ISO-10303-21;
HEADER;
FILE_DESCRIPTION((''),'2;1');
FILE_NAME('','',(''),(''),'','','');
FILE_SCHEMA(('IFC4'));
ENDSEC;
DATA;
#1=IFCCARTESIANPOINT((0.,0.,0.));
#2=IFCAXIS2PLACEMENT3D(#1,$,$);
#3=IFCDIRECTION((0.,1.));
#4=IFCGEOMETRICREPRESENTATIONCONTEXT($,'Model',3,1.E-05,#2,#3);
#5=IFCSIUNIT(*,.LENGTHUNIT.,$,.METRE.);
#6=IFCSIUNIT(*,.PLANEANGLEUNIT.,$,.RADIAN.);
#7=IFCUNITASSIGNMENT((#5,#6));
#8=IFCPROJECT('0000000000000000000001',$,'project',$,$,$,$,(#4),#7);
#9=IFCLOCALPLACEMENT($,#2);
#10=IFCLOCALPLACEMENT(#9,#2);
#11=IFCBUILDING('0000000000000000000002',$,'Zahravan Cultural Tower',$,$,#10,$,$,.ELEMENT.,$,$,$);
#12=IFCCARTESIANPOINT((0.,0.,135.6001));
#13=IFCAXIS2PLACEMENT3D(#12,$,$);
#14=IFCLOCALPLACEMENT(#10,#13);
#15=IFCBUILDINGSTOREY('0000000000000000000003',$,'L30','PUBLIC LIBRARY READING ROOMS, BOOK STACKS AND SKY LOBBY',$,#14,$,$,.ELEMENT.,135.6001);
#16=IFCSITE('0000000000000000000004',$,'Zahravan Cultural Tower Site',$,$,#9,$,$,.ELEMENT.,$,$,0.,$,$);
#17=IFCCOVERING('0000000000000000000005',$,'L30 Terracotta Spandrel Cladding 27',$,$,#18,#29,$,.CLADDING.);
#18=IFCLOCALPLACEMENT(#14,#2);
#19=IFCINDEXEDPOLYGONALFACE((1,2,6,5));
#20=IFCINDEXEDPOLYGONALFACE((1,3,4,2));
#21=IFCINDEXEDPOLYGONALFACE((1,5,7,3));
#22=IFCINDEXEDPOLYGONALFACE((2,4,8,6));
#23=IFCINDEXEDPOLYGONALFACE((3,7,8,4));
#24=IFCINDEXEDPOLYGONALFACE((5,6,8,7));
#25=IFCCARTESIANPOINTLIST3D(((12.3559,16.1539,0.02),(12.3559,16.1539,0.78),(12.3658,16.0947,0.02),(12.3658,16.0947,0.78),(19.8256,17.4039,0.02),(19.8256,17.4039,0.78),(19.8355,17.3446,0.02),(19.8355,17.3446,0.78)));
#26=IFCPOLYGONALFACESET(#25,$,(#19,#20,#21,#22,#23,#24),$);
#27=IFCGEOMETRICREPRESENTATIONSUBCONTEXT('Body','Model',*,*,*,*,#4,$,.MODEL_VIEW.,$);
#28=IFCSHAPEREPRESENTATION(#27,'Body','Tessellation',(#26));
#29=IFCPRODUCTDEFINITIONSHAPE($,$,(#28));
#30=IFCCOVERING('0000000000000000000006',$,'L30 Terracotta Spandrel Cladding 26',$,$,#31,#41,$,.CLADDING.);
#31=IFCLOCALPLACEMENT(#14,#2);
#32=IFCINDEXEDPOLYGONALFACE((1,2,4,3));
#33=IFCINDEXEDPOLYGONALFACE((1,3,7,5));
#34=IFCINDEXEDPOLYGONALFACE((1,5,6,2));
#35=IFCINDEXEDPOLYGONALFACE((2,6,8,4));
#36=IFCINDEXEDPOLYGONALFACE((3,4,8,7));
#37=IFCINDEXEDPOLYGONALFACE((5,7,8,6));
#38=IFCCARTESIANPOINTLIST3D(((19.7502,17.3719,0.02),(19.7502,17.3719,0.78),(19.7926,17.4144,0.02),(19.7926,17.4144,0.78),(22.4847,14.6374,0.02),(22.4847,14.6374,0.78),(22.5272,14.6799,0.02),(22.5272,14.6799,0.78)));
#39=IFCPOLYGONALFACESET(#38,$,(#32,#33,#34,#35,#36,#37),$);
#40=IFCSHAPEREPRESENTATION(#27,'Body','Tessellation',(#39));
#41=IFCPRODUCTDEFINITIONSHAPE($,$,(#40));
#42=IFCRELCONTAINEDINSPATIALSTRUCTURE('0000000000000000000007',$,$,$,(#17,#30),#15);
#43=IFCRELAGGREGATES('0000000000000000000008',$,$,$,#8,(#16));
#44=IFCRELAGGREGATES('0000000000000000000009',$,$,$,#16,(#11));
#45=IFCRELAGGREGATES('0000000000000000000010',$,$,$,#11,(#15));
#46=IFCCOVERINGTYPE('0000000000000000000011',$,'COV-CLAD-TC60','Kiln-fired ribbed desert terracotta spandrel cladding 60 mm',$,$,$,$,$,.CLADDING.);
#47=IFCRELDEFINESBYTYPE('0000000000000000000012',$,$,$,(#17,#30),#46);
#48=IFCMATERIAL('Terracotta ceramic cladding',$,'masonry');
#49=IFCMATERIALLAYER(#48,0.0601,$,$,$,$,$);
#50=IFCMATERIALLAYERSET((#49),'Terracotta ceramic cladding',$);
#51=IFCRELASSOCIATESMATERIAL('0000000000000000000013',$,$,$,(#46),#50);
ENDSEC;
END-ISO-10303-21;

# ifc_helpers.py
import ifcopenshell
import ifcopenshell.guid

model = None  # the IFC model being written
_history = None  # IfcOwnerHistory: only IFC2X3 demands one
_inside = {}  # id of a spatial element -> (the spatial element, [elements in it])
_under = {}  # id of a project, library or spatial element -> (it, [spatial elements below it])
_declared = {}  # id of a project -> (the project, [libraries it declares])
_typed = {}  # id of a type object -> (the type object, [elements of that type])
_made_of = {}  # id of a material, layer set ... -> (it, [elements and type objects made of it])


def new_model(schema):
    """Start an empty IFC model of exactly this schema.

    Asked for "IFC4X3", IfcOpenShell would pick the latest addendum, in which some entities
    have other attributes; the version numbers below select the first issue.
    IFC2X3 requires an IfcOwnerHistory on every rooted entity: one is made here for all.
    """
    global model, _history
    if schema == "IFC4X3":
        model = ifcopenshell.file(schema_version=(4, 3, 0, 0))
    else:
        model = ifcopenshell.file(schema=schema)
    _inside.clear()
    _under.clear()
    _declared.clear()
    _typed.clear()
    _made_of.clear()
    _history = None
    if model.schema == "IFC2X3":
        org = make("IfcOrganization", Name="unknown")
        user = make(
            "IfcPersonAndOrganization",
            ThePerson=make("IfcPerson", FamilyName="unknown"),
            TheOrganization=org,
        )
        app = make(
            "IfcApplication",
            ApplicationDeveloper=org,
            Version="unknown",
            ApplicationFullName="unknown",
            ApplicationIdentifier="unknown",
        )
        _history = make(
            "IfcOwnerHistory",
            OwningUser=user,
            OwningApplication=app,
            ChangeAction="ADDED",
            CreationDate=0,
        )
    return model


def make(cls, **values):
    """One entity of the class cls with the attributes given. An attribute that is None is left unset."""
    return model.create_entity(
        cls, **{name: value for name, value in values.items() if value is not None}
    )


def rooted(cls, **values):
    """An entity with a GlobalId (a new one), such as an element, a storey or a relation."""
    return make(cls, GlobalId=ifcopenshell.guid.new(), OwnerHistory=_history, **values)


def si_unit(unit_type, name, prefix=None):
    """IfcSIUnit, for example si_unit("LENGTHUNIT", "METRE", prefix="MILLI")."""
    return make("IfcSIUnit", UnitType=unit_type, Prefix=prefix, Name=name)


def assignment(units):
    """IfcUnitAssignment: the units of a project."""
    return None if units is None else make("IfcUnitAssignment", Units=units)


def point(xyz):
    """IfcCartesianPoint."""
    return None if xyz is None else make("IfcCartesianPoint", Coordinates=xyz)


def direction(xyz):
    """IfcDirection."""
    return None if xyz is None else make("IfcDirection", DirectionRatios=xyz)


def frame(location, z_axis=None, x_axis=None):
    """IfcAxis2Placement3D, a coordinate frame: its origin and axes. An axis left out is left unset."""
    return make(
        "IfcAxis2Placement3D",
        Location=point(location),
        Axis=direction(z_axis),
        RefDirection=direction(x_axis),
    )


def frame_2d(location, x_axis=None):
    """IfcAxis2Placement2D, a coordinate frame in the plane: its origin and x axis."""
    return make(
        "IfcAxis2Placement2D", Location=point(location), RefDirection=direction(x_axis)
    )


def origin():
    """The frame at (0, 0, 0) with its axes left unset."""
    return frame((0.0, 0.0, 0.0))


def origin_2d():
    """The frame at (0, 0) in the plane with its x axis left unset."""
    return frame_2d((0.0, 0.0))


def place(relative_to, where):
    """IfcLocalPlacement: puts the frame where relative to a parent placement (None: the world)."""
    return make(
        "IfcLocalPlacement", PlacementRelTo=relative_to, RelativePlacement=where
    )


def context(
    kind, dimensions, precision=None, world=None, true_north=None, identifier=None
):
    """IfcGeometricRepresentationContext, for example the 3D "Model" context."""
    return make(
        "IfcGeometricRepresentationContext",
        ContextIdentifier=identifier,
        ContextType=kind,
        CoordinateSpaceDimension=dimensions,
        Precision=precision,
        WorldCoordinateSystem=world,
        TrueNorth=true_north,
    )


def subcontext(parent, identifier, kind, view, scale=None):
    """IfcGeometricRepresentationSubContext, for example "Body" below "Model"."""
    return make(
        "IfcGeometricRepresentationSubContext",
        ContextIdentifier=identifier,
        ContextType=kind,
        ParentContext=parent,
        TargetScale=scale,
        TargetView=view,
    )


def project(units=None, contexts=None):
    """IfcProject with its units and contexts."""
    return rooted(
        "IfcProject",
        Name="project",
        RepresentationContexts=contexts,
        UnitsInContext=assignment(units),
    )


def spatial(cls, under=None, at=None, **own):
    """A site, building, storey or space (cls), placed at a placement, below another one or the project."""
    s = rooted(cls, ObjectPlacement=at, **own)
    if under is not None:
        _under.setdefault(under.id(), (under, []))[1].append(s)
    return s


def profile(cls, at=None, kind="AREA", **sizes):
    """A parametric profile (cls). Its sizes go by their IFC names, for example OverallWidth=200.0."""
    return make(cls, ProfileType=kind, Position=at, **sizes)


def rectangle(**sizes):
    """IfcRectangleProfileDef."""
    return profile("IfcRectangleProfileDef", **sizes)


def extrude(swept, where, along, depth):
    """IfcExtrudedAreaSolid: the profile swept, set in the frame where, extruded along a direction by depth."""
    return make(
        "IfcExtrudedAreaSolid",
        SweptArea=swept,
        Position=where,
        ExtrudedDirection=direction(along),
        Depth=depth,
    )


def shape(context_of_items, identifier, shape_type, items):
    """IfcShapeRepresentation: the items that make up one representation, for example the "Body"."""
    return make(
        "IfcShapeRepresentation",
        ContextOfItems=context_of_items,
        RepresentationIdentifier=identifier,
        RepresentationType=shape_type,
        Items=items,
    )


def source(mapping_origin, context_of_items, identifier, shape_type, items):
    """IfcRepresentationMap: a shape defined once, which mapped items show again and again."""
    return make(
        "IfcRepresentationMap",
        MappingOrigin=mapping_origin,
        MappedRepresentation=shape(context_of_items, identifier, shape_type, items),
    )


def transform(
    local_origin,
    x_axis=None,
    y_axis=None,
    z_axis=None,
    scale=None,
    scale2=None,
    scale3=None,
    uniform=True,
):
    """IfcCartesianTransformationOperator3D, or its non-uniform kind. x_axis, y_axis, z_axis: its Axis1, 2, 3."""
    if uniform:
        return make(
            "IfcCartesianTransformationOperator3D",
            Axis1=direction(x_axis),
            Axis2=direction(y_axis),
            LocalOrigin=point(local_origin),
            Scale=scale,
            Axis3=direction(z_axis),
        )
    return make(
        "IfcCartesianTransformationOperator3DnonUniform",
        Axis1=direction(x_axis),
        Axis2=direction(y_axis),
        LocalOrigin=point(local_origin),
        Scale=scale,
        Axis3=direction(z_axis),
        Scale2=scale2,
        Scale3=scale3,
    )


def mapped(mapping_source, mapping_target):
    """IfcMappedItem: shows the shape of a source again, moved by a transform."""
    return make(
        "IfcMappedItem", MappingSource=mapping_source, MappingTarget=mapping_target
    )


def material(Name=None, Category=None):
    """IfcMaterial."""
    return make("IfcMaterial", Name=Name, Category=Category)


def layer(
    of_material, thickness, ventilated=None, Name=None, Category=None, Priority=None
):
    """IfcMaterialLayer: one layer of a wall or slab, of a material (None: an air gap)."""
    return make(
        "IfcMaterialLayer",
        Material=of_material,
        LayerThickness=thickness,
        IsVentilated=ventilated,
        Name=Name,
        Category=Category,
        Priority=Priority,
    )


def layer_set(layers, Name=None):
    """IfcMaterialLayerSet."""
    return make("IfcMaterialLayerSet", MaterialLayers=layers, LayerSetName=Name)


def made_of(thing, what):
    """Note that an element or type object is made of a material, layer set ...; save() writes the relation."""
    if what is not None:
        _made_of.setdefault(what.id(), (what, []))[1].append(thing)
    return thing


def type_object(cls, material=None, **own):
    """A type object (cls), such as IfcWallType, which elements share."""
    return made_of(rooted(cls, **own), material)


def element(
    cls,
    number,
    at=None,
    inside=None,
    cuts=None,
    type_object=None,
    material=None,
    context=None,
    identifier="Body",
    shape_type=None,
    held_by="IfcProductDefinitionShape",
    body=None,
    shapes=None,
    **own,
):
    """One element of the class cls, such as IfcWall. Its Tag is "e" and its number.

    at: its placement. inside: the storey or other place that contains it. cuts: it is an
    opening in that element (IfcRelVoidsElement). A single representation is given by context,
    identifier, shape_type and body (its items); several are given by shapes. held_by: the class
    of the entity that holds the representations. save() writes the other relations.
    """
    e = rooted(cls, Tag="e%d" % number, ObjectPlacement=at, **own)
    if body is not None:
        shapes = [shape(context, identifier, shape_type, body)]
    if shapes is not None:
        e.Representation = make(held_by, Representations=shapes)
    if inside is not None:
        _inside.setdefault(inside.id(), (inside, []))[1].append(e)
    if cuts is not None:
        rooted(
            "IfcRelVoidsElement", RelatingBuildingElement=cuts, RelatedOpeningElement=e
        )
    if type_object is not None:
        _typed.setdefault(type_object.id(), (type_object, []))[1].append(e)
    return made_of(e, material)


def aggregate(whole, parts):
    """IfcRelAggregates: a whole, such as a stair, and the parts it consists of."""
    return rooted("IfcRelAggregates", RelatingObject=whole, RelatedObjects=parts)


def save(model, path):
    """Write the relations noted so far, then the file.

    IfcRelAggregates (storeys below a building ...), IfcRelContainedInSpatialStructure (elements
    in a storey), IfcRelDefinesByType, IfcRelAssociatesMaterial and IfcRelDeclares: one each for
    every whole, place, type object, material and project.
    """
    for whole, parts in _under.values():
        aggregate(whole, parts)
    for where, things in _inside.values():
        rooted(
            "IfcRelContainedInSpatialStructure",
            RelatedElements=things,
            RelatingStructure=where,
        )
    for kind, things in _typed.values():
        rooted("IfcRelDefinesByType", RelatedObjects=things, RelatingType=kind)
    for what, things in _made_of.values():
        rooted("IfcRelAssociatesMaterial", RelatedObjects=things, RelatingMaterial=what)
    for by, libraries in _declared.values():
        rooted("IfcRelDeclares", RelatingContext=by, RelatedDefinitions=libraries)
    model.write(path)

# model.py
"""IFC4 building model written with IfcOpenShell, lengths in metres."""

from ifc_helpers import new_model, si_unit, direction, frame, origin, origin_2d, place, context, subcontext, project, spatial, rectangle, extrude, source, transform, mapped, material, layer, layer_set, type_object, element, save


model = new_model("IFC4")

# Units and contexts
model_context = context("Model", 3, precision=1e-05, world=origin(), true_north=direction((0.0, 1.0)))
body_context = subcontext(model_context, "Body", "Model", "MODEL_VIEW")
ifc_project = project(units=[si_unit("LENGTHUNIT", "METRE"), si_unit("PLANEANGLEUNIT", "RADIAN")], contexts=[model_context])

# Site, building, storey
site_placement = place(None, origin())
site = spatial("IfcSite", under=ifc_project, at=site_placement, Name="Zahravan Cultural Tower Site", CompositionType="ELEMENT", RefElevation=0.0)
building_placement = place(site_placement, origin())
building = spatial("IfcBuilding", under=site, at=building_placement, Name="Zahravan Cultural Tower", CompositionType="ELEMENT")
storey_placement = place(building_placement, frame((0.0, 0.0, 135.6001)))
storey = spatial("IfcBuildingStorey", under=building, at=storey_placement, Name="L30", Description="PUBLIC LIBRARY READING ROOMS, BOOK STACKS AND SKY LOBBY", CompositionType="ELEMENT", Elevation=135.6001)

# Coverings
ifc_material_1 = material(Name="Terracotta ceramic cladding", Category="masonry")
ifc_layer_1 = layer(ifc_material_1, 0.0601)
ifc_layer_set_1 = layer_set([ifc_layer_1], Name="Terracotta ceramic cladding")
covering_type_1 = type_object("IfcCoveringType", Name="COV-CLAD-TC60", Description="Kiln-fired ribbed desert terracotta spandrel cladding 60 mm", PredefinedType="CLADDING", material=ifc_layer_set_1)
shared_shape_1 = source(origin(), body_context, "Body", "SweptSolid", [
    extrude(rectangle(XDim=7.5735, YDim=0.0601, at=origin_2d()), origin(), (0.0, 0.0, 1.0), 0.76),
])
covering_1_placement = place(storey_placement, frame((16.0957, 16.7493, 0.02), z_axis=(0.0, 0.0, 1.0), x_axis=(-0.986286, -0.165048, 0.0)))
element("IfcCovering", 1, at=covering_1_placement, inside=storey, type_object=covering_type_1, Name="L30 Terracotta Spandrel Cladding 27", PredefinedType="CLADDING", context=body_context, shape_type="MappedRepresentation", body=[
    mapped(shared_shape_1, transform((0.0, 0.0, 0.0), x_axis=(1.0, 0.0, 0.0), y_axis=(0.0, 1.0, 0.0), z_axis=(0.0, 0.0, 1.0), scale=1.0)),
])
shared_shape_2 = source(origin(), body_context, "Body", "SweptSolid", [
    extrude(rectangle(XDim=3.8672, YDim=0.0601, at=origin_2d()), origin(), (0.0, 0.0, 1.0), 0.76),
])
covering_2_placement = place(storey_placement, frame((21.1387, 16.0259, 0.02), z_axis=(0.0, 0.0, 1.0), x_axis=(-0.707107, 0.707107, 0.0)))
element("IfcCovering", 2, at=covering_2_placement, inside=storey, type_object=covering_type_1, Name="L30 Terracotta Spandrel Cladding 26", PredefinedType="CLADDING", context=body_context, shape_type="MappedRepresentation", body=[
    mapped(shared_shape_2, transform((0.0, 0.0, 0.0), x_axis=(1.0, 0.0, 0.0), y_axis=(0.0, 1.0, 0.0), z_axis=(0.0, 0.0, 1.0), scale=1.0)),
])

save(model, "model.ifc")
